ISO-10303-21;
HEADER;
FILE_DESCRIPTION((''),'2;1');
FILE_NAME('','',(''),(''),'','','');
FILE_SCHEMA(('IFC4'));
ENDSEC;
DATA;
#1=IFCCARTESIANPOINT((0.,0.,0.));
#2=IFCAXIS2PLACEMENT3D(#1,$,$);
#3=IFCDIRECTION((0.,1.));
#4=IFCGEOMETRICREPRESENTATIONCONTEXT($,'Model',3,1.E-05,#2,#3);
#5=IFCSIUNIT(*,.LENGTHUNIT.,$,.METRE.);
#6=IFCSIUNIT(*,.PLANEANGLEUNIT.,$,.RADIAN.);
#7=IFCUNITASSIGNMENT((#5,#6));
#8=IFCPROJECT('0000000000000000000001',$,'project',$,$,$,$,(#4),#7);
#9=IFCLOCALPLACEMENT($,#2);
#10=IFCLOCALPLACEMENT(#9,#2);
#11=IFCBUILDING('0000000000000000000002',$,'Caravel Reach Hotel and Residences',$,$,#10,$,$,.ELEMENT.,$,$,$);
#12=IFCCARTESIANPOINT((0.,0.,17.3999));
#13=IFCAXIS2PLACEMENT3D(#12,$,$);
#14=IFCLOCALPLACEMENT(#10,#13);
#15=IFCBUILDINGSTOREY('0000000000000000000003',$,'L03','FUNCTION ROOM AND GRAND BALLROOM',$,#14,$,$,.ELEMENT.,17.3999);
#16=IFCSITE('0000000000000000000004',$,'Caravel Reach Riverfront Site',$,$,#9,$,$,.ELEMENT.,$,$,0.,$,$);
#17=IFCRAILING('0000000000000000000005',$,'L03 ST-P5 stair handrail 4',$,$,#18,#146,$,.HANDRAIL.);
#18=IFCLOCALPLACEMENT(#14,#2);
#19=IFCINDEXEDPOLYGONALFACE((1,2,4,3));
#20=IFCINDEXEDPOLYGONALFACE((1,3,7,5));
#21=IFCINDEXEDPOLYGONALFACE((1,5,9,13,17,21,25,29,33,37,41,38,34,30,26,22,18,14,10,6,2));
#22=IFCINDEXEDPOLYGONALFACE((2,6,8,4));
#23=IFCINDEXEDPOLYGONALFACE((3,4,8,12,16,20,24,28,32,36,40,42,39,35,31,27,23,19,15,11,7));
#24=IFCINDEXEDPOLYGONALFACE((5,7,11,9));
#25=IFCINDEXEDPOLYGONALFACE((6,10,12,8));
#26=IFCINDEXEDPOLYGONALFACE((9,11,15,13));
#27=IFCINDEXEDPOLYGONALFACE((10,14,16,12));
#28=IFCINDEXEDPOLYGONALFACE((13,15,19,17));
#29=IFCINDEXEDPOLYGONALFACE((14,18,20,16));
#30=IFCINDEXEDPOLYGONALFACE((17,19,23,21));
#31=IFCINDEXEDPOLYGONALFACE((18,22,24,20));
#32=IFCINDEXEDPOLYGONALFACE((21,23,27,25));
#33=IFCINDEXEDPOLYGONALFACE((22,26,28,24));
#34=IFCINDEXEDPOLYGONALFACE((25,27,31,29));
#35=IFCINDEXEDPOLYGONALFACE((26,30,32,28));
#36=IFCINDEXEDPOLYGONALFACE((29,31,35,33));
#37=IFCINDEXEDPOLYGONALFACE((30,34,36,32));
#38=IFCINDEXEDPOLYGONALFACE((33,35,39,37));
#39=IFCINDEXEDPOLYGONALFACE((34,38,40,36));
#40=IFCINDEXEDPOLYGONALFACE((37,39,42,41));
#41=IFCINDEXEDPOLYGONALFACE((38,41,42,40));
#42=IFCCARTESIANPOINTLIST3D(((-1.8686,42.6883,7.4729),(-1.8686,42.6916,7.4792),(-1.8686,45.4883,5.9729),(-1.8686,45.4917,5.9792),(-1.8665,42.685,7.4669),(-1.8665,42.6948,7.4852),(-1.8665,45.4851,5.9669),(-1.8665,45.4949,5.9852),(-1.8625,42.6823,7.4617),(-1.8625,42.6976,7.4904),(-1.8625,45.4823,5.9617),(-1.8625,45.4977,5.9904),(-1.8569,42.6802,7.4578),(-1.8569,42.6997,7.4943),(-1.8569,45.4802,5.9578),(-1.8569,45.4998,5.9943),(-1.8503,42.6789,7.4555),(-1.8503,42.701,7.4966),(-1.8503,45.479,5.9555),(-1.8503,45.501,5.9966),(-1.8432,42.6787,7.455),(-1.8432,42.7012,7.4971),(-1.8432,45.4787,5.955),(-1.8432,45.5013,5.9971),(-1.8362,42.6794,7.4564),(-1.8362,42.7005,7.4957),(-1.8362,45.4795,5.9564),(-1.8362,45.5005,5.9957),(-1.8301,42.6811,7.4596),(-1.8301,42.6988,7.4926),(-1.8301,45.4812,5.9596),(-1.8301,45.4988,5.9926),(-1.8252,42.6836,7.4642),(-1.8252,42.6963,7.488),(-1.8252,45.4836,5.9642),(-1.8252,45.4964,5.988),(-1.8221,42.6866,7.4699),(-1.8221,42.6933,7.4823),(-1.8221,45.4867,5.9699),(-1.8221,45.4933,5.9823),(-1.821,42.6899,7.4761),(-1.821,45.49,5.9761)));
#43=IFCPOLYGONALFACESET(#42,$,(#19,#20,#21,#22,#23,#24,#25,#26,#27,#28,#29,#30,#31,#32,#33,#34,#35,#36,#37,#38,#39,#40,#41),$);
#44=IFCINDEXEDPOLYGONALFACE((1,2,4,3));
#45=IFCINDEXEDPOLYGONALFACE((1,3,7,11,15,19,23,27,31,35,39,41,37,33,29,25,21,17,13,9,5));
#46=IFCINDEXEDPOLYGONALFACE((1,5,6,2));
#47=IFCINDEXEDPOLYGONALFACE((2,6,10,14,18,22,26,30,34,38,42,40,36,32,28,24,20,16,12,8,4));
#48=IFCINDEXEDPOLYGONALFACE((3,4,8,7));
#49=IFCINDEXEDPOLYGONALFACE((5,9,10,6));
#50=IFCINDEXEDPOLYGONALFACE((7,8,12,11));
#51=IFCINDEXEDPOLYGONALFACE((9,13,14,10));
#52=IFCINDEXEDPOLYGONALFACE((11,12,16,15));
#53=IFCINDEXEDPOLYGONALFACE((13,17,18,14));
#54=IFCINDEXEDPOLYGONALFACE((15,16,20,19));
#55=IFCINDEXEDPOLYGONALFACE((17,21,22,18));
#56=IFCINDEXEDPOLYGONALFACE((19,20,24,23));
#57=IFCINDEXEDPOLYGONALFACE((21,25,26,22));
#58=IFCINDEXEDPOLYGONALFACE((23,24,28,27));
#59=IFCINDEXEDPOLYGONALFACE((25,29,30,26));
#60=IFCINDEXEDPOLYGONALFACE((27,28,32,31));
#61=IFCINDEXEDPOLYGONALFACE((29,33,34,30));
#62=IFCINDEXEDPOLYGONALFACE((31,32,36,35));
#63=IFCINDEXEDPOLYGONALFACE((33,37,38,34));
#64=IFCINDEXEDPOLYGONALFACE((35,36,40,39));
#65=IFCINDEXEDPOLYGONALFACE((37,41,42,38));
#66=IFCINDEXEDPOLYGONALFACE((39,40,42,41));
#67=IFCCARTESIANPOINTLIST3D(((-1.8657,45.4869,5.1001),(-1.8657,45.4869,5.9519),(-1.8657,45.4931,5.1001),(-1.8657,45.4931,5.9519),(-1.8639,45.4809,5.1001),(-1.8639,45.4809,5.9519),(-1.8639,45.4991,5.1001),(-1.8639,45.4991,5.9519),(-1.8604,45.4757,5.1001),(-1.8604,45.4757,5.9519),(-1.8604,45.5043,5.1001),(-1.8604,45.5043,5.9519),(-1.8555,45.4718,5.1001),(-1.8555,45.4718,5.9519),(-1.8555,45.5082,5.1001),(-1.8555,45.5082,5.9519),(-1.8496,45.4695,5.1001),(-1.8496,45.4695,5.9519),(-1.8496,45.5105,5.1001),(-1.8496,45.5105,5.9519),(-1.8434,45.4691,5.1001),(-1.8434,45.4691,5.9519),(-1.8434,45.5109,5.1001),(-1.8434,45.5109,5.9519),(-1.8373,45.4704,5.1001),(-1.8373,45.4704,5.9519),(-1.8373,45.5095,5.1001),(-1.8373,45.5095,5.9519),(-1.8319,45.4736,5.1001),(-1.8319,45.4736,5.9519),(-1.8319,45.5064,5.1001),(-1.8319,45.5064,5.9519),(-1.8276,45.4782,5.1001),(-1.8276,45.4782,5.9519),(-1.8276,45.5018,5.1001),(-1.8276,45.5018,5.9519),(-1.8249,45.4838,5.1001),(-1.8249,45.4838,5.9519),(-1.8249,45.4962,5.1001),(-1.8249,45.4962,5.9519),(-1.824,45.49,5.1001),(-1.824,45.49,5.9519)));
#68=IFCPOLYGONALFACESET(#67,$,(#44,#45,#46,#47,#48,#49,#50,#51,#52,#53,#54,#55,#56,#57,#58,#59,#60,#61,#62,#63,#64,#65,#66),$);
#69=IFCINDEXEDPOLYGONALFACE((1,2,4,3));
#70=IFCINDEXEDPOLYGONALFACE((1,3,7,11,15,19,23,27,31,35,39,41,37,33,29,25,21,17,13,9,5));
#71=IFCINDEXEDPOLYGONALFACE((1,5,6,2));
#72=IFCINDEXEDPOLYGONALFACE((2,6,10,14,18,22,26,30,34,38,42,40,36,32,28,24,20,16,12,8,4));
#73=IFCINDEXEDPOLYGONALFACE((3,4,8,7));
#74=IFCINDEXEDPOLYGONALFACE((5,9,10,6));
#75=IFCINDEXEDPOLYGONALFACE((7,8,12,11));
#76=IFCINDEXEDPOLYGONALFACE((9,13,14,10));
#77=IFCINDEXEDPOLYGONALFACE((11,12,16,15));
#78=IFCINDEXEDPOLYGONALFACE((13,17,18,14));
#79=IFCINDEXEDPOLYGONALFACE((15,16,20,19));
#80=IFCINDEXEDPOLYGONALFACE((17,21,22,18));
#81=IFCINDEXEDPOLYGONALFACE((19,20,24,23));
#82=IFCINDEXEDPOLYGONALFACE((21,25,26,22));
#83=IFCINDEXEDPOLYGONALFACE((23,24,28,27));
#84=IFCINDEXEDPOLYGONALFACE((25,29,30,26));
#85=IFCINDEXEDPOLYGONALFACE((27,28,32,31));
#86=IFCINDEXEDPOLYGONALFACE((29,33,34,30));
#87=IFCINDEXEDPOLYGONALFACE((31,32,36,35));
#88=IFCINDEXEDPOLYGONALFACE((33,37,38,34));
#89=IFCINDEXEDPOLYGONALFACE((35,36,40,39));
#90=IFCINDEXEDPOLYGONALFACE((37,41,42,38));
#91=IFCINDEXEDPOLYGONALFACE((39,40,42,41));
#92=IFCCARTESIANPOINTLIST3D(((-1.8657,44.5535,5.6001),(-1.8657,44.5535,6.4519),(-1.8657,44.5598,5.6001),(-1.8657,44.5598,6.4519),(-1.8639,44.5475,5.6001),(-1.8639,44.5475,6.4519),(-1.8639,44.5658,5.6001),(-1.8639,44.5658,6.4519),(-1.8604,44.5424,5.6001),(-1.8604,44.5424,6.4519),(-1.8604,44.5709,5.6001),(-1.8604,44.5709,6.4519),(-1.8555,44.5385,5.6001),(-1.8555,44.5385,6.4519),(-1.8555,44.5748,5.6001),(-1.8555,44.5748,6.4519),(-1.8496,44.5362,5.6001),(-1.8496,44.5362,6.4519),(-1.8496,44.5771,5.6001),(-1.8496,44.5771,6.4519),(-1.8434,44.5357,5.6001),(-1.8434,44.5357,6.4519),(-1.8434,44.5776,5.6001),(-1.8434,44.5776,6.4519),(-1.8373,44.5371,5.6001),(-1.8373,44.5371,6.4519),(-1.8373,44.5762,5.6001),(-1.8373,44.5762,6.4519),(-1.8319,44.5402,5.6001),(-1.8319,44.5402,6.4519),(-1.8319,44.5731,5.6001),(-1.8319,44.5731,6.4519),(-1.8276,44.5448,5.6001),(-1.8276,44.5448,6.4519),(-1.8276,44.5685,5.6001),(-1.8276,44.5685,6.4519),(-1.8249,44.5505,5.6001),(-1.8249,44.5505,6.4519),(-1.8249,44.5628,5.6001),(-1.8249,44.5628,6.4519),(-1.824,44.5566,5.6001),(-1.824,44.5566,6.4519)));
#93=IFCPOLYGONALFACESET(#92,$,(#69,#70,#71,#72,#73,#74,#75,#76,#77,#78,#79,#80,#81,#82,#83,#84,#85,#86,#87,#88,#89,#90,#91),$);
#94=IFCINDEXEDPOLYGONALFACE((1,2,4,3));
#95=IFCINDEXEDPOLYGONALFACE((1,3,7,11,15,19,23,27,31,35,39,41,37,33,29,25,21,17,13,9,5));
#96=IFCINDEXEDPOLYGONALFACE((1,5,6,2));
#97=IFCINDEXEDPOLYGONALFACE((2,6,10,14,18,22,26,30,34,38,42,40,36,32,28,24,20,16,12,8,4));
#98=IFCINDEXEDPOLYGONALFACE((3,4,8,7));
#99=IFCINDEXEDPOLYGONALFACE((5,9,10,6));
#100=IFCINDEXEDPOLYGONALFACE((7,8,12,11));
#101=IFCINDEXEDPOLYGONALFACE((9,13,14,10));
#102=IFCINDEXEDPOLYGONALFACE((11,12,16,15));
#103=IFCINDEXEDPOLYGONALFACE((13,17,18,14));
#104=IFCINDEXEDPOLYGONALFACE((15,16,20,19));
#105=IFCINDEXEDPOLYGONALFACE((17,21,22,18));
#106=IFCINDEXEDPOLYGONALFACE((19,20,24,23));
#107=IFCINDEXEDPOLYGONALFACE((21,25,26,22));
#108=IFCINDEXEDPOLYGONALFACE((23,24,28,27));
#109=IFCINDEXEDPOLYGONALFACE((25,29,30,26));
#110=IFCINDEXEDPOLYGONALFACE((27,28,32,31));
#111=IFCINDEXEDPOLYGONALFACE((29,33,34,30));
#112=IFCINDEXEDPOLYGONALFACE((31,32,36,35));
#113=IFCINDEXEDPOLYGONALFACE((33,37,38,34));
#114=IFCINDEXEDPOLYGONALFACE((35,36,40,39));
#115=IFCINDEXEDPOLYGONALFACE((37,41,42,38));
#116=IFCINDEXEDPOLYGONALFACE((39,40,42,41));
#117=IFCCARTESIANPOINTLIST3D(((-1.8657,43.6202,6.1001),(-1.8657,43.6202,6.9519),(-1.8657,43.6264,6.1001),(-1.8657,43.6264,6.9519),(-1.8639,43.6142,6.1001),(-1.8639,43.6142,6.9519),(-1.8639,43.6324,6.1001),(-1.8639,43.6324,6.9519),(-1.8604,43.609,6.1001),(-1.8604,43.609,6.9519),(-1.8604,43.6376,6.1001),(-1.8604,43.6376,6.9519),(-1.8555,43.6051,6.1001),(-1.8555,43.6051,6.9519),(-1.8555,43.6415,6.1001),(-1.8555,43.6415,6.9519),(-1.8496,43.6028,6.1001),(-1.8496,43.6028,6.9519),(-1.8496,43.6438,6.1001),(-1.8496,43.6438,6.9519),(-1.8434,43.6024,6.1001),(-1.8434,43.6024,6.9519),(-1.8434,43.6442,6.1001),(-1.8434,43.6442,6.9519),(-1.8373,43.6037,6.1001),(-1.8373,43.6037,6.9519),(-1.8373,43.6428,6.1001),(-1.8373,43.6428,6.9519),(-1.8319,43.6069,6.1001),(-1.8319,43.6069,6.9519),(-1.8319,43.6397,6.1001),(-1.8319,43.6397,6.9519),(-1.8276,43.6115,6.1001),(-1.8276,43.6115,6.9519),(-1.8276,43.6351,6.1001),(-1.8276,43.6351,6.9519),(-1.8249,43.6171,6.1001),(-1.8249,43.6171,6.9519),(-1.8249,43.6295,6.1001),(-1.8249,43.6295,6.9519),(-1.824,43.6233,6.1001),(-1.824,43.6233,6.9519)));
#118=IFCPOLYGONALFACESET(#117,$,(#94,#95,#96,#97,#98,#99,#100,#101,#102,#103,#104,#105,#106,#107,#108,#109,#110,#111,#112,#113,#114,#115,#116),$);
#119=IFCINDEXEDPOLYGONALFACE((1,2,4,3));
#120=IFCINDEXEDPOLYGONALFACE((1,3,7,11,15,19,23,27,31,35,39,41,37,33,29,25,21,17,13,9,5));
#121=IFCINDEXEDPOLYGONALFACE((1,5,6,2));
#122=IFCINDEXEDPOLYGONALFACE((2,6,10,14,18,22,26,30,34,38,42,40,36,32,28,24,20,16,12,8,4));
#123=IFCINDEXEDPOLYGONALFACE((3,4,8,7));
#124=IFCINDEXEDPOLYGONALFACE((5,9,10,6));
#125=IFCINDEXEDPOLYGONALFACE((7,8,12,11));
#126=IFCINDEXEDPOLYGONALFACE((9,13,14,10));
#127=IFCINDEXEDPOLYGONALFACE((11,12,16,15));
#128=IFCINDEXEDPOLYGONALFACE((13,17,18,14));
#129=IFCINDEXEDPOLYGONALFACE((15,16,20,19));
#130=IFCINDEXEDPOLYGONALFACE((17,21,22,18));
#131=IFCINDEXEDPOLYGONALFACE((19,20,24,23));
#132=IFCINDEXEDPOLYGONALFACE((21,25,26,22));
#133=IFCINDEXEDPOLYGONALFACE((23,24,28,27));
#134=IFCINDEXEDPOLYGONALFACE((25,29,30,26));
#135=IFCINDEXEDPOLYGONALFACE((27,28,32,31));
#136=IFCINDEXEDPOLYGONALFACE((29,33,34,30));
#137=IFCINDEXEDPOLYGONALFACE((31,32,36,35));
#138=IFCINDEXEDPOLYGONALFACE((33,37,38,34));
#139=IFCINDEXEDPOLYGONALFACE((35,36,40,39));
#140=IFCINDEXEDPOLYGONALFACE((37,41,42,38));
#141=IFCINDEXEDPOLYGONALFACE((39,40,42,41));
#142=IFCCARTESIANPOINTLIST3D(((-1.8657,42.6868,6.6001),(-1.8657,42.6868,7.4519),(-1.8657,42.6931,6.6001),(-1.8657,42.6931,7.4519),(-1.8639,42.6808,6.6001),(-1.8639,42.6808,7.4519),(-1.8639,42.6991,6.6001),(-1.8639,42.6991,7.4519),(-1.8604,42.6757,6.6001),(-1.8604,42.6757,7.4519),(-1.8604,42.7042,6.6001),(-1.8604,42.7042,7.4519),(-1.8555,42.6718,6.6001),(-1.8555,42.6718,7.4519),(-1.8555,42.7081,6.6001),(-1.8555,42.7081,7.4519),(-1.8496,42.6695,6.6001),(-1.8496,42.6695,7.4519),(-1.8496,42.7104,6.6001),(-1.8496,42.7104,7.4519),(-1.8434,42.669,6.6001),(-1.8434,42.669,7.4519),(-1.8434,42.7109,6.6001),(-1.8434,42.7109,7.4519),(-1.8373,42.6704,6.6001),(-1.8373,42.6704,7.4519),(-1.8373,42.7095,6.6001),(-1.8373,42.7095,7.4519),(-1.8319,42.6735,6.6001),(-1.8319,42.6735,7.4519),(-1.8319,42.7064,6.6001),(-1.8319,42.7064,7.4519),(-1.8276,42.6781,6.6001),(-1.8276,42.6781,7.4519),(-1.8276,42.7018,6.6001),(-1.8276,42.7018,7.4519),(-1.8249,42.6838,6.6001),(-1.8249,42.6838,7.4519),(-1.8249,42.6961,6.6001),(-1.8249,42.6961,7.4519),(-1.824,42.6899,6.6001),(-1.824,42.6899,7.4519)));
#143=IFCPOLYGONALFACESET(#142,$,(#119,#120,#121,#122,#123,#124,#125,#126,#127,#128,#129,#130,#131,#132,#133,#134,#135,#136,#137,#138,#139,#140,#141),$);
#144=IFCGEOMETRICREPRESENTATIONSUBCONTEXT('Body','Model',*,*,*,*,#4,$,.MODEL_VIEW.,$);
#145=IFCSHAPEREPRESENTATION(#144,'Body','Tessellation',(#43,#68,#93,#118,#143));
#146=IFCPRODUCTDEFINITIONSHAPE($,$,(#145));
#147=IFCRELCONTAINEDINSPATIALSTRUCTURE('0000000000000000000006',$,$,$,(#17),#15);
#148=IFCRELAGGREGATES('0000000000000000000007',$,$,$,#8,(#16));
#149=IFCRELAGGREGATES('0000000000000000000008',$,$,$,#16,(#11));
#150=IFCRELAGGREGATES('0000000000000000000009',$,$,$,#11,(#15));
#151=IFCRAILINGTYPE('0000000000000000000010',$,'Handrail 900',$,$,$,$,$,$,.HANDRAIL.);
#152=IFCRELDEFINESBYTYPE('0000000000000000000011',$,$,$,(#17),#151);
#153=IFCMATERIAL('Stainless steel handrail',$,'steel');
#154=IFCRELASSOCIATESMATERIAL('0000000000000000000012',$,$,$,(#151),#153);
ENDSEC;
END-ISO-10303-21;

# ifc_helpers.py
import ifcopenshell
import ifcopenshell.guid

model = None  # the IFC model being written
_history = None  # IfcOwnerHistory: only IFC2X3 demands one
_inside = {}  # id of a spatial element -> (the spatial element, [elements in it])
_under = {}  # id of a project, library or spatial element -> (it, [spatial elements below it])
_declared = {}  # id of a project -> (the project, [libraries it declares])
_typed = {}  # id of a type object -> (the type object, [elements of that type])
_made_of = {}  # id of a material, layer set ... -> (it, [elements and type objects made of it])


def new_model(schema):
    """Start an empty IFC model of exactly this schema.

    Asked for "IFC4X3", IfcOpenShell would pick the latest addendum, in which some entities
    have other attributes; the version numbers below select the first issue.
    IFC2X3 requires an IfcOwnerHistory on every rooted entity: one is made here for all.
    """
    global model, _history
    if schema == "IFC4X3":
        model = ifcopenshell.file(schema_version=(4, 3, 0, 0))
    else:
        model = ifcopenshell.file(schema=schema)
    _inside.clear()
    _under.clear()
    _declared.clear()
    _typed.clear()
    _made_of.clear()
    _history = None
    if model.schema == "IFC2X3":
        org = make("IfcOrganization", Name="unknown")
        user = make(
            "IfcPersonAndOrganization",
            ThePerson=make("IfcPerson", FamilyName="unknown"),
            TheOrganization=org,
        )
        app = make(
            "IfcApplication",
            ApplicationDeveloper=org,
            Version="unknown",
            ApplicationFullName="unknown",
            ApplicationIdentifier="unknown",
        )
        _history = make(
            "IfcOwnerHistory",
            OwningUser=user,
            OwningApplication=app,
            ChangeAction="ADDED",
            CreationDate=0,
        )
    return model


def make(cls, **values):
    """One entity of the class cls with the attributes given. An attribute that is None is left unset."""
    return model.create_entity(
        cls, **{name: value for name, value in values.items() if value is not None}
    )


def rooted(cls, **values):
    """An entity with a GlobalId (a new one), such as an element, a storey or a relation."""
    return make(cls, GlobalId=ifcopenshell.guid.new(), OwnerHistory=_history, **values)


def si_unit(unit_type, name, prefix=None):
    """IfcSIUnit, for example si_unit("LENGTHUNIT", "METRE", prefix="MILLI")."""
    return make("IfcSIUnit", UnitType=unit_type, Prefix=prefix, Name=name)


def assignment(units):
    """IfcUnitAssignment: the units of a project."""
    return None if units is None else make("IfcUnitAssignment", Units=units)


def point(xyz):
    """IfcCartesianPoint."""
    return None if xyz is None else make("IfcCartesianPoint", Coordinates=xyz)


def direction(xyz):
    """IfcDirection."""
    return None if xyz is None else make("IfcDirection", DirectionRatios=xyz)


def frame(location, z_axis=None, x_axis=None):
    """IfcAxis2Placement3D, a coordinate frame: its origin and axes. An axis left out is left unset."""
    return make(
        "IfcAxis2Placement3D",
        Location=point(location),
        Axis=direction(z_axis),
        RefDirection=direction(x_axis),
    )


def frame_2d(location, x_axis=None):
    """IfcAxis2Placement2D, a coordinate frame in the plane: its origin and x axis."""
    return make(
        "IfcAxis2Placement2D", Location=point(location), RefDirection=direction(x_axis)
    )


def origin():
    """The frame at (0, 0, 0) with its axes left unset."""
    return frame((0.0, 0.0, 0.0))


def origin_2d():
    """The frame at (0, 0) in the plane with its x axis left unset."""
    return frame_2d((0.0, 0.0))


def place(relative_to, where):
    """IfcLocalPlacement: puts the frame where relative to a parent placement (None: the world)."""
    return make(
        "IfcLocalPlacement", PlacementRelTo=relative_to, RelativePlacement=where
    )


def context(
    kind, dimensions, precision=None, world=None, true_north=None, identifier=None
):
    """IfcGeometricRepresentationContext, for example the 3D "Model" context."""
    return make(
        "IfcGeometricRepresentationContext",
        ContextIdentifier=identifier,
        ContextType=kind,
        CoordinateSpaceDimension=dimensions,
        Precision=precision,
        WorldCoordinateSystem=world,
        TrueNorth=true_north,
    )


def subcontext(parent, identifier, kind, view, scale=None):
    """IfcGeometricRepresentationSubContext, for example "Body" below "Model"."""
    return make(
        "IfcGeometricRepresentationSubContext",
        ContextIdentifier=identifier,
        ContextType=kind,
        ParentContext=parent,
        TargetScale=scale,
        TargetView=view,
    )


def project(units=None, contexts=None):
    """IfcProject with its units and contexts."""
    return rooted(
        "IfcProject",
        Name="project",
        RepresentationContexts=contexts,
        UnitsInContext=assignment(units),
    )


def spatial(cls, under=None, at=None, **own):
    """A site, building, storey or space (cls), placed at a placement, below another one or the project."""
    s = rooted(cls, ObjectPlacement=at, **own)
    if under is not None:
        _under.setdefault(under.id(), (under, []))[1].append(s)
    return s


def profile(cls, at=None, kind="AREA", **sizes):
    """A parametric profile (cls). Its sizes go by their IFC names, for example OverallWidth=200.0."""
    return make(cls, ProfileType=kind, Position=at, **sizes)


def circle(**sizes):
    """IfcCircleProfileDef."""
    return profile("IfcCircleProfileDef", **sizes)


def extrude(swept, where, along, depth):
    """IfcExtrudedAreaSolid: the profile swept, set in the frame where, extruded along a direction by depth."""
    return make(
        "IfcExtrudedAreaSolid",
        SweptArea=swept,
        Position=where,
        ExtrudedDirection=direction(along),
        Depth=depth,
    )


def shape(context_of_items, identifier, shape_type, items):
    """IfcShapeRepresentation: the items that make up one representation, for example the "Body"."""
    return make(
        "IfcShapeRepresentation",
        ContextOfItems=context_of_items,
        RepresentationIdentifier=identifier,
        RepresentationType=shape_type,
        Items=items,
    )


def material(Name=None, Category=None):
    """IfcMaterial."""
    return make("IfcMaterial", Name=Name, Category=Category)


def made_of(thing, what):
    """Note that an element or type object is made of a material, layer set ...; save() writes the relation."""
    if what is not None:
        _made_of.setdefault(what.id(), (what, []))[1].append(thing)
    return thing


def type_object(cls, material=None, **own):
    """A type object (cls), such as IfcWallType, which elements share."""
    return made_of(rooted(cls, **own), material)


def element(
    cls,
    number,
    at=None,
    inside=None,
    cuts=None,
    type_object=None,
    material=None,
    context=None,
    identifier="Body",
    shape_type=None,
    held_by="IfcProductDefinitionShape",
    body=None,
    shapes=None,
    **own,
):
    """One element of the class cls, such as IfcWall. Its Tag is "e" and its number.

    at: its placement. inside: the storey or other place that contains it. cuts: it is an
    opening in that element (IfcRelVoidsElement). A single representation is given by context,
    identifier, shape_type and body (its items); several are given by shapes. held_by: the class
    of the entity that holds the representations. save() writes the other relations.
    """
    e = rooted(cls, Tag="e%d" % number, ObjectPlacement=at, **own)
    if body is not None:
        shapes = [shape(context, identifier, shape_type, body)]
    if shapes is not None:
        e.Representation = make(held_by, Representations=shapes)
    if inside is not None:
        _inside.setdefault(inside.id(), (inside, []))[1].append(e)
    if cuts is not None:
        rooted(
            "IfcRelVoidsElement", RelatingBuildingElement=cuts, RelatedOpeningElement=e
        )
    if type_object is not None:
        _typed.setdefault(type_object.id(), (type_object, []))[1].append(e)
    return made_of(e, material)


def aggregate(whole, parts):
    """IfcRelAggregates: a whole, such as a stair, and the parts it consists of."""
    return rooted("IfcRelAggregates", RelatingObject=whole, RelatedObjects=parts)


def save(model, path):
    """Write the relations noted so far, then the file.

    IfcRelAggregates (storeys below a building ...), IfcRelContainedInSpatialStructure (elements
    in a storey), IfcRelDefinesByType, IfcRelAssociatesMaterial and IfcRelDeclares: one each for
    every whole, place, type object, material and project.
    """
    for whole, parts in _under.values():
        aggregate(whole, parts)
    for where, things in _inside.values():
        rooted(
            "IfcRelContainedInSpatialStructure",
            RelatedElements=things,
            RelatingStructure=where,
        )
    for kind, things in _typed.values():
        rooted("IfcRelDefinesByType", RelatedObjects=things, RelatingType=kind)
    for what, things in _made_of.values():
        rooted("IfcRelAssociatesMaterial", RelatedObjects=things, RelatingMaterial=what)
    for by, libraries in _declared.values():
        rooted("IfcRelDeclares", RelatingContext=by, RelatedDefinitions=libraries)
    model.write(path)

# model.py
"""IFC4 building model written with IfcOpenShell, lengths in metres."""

from ifc_helpers import new_model, si_unit, direction, frame, origin, origin_2d, place, context, subcontext, project, spatial, circle, extrude, material, type_object, element, save


model = new_model("IFC4")

# Units and contexts
model_context = context("Model", 3, precision=1e-05, world=origin(), true_north=direction((0.0, 1.0)))
body_context = subcontext(model_context, "Body", "Model", "MODEL_VIEW")
ifc_project = project(units=[si_unit("LENGTHUNIT", "METRE"), si_unit("PLANEANGLEUNIT", "RADIAN")], contexts=[model_context])

# Site, building, storey
site_placement = place(None, origin())
site = spatial("IfcSite", under=ifc_project, at=site_placement, Name="Caravel Reach Riverfront Site", CompositionType="ELEMENT", RefElevation=0.0)
building_placement = place(site_placement, origin())
building = spatial("IfcBuilding", under=site, at=building_placement, Name="Caravel Reach Hotel and Residences", CompositionType="ELEMENT")
storey_placement = place(building_placement, frame((0.0, 0.0, 17.3999)))
storey = spatial("IfcBuildingStorey", under=building, at=storey_placement, Name="L03", Description="FUNCTION ROOM AND GRAND BALLROOM", CompositionType="ELEMENT", Elevation=17.3999)

# Railing
ifc_material_1 = material(Name="Stainless steel handrail", Category="steel")
railing_type_1 = type_object("IfcRailingType", Name="Handrail 900", PredefinedType="HANDRAIL", material=ifc_material_1)
for number, where, name in (
    (1, (-1.845, 45.49, 5.1001), "L03 ST-P5 stair handrail 4"),
):
    element("IfcRailing", number, at=place(storey_placement, frame(where)), inside=storey, type_object=railing_type_1, Name=name, PredefinedType="HANDRAIL", context=body_context, shape_type="SweptSolid", body=[
        extrude(circle(Radius=0.0239, at=origin_2d()), frame((0.0, 0.0, 0.876), z_axis=(0.0, -0.881483, 0.472215), x_axis=(1.0, 0.0, 0.0)), (0.0, 0.0, 1.0), 3.1765),
        extrude(circle(Radius=0.021, at=origin_2d()), origin(), (0.0, 0.0, 1.0), 0.8518),
        extrude(circle(Radius=0.021, at=origin_2d()), frame((0.0, -0.9333, 0.5)), (0.0, 0.0, 1.0), 0.8518),
        extrude(circle(Radius=0.021, at=origin_2d()), frame((0.0, -1.8667, 1.0)), (0.0, 0.0, 1.0), 0.8518),
        extrude(circle(Radius=0.021, at=origin_2d()), frame((0.0, -2.8, 1.5)), (0.0, 0.0, 1.0), 0.8518),
    ])

save(model, "model.ifc")
